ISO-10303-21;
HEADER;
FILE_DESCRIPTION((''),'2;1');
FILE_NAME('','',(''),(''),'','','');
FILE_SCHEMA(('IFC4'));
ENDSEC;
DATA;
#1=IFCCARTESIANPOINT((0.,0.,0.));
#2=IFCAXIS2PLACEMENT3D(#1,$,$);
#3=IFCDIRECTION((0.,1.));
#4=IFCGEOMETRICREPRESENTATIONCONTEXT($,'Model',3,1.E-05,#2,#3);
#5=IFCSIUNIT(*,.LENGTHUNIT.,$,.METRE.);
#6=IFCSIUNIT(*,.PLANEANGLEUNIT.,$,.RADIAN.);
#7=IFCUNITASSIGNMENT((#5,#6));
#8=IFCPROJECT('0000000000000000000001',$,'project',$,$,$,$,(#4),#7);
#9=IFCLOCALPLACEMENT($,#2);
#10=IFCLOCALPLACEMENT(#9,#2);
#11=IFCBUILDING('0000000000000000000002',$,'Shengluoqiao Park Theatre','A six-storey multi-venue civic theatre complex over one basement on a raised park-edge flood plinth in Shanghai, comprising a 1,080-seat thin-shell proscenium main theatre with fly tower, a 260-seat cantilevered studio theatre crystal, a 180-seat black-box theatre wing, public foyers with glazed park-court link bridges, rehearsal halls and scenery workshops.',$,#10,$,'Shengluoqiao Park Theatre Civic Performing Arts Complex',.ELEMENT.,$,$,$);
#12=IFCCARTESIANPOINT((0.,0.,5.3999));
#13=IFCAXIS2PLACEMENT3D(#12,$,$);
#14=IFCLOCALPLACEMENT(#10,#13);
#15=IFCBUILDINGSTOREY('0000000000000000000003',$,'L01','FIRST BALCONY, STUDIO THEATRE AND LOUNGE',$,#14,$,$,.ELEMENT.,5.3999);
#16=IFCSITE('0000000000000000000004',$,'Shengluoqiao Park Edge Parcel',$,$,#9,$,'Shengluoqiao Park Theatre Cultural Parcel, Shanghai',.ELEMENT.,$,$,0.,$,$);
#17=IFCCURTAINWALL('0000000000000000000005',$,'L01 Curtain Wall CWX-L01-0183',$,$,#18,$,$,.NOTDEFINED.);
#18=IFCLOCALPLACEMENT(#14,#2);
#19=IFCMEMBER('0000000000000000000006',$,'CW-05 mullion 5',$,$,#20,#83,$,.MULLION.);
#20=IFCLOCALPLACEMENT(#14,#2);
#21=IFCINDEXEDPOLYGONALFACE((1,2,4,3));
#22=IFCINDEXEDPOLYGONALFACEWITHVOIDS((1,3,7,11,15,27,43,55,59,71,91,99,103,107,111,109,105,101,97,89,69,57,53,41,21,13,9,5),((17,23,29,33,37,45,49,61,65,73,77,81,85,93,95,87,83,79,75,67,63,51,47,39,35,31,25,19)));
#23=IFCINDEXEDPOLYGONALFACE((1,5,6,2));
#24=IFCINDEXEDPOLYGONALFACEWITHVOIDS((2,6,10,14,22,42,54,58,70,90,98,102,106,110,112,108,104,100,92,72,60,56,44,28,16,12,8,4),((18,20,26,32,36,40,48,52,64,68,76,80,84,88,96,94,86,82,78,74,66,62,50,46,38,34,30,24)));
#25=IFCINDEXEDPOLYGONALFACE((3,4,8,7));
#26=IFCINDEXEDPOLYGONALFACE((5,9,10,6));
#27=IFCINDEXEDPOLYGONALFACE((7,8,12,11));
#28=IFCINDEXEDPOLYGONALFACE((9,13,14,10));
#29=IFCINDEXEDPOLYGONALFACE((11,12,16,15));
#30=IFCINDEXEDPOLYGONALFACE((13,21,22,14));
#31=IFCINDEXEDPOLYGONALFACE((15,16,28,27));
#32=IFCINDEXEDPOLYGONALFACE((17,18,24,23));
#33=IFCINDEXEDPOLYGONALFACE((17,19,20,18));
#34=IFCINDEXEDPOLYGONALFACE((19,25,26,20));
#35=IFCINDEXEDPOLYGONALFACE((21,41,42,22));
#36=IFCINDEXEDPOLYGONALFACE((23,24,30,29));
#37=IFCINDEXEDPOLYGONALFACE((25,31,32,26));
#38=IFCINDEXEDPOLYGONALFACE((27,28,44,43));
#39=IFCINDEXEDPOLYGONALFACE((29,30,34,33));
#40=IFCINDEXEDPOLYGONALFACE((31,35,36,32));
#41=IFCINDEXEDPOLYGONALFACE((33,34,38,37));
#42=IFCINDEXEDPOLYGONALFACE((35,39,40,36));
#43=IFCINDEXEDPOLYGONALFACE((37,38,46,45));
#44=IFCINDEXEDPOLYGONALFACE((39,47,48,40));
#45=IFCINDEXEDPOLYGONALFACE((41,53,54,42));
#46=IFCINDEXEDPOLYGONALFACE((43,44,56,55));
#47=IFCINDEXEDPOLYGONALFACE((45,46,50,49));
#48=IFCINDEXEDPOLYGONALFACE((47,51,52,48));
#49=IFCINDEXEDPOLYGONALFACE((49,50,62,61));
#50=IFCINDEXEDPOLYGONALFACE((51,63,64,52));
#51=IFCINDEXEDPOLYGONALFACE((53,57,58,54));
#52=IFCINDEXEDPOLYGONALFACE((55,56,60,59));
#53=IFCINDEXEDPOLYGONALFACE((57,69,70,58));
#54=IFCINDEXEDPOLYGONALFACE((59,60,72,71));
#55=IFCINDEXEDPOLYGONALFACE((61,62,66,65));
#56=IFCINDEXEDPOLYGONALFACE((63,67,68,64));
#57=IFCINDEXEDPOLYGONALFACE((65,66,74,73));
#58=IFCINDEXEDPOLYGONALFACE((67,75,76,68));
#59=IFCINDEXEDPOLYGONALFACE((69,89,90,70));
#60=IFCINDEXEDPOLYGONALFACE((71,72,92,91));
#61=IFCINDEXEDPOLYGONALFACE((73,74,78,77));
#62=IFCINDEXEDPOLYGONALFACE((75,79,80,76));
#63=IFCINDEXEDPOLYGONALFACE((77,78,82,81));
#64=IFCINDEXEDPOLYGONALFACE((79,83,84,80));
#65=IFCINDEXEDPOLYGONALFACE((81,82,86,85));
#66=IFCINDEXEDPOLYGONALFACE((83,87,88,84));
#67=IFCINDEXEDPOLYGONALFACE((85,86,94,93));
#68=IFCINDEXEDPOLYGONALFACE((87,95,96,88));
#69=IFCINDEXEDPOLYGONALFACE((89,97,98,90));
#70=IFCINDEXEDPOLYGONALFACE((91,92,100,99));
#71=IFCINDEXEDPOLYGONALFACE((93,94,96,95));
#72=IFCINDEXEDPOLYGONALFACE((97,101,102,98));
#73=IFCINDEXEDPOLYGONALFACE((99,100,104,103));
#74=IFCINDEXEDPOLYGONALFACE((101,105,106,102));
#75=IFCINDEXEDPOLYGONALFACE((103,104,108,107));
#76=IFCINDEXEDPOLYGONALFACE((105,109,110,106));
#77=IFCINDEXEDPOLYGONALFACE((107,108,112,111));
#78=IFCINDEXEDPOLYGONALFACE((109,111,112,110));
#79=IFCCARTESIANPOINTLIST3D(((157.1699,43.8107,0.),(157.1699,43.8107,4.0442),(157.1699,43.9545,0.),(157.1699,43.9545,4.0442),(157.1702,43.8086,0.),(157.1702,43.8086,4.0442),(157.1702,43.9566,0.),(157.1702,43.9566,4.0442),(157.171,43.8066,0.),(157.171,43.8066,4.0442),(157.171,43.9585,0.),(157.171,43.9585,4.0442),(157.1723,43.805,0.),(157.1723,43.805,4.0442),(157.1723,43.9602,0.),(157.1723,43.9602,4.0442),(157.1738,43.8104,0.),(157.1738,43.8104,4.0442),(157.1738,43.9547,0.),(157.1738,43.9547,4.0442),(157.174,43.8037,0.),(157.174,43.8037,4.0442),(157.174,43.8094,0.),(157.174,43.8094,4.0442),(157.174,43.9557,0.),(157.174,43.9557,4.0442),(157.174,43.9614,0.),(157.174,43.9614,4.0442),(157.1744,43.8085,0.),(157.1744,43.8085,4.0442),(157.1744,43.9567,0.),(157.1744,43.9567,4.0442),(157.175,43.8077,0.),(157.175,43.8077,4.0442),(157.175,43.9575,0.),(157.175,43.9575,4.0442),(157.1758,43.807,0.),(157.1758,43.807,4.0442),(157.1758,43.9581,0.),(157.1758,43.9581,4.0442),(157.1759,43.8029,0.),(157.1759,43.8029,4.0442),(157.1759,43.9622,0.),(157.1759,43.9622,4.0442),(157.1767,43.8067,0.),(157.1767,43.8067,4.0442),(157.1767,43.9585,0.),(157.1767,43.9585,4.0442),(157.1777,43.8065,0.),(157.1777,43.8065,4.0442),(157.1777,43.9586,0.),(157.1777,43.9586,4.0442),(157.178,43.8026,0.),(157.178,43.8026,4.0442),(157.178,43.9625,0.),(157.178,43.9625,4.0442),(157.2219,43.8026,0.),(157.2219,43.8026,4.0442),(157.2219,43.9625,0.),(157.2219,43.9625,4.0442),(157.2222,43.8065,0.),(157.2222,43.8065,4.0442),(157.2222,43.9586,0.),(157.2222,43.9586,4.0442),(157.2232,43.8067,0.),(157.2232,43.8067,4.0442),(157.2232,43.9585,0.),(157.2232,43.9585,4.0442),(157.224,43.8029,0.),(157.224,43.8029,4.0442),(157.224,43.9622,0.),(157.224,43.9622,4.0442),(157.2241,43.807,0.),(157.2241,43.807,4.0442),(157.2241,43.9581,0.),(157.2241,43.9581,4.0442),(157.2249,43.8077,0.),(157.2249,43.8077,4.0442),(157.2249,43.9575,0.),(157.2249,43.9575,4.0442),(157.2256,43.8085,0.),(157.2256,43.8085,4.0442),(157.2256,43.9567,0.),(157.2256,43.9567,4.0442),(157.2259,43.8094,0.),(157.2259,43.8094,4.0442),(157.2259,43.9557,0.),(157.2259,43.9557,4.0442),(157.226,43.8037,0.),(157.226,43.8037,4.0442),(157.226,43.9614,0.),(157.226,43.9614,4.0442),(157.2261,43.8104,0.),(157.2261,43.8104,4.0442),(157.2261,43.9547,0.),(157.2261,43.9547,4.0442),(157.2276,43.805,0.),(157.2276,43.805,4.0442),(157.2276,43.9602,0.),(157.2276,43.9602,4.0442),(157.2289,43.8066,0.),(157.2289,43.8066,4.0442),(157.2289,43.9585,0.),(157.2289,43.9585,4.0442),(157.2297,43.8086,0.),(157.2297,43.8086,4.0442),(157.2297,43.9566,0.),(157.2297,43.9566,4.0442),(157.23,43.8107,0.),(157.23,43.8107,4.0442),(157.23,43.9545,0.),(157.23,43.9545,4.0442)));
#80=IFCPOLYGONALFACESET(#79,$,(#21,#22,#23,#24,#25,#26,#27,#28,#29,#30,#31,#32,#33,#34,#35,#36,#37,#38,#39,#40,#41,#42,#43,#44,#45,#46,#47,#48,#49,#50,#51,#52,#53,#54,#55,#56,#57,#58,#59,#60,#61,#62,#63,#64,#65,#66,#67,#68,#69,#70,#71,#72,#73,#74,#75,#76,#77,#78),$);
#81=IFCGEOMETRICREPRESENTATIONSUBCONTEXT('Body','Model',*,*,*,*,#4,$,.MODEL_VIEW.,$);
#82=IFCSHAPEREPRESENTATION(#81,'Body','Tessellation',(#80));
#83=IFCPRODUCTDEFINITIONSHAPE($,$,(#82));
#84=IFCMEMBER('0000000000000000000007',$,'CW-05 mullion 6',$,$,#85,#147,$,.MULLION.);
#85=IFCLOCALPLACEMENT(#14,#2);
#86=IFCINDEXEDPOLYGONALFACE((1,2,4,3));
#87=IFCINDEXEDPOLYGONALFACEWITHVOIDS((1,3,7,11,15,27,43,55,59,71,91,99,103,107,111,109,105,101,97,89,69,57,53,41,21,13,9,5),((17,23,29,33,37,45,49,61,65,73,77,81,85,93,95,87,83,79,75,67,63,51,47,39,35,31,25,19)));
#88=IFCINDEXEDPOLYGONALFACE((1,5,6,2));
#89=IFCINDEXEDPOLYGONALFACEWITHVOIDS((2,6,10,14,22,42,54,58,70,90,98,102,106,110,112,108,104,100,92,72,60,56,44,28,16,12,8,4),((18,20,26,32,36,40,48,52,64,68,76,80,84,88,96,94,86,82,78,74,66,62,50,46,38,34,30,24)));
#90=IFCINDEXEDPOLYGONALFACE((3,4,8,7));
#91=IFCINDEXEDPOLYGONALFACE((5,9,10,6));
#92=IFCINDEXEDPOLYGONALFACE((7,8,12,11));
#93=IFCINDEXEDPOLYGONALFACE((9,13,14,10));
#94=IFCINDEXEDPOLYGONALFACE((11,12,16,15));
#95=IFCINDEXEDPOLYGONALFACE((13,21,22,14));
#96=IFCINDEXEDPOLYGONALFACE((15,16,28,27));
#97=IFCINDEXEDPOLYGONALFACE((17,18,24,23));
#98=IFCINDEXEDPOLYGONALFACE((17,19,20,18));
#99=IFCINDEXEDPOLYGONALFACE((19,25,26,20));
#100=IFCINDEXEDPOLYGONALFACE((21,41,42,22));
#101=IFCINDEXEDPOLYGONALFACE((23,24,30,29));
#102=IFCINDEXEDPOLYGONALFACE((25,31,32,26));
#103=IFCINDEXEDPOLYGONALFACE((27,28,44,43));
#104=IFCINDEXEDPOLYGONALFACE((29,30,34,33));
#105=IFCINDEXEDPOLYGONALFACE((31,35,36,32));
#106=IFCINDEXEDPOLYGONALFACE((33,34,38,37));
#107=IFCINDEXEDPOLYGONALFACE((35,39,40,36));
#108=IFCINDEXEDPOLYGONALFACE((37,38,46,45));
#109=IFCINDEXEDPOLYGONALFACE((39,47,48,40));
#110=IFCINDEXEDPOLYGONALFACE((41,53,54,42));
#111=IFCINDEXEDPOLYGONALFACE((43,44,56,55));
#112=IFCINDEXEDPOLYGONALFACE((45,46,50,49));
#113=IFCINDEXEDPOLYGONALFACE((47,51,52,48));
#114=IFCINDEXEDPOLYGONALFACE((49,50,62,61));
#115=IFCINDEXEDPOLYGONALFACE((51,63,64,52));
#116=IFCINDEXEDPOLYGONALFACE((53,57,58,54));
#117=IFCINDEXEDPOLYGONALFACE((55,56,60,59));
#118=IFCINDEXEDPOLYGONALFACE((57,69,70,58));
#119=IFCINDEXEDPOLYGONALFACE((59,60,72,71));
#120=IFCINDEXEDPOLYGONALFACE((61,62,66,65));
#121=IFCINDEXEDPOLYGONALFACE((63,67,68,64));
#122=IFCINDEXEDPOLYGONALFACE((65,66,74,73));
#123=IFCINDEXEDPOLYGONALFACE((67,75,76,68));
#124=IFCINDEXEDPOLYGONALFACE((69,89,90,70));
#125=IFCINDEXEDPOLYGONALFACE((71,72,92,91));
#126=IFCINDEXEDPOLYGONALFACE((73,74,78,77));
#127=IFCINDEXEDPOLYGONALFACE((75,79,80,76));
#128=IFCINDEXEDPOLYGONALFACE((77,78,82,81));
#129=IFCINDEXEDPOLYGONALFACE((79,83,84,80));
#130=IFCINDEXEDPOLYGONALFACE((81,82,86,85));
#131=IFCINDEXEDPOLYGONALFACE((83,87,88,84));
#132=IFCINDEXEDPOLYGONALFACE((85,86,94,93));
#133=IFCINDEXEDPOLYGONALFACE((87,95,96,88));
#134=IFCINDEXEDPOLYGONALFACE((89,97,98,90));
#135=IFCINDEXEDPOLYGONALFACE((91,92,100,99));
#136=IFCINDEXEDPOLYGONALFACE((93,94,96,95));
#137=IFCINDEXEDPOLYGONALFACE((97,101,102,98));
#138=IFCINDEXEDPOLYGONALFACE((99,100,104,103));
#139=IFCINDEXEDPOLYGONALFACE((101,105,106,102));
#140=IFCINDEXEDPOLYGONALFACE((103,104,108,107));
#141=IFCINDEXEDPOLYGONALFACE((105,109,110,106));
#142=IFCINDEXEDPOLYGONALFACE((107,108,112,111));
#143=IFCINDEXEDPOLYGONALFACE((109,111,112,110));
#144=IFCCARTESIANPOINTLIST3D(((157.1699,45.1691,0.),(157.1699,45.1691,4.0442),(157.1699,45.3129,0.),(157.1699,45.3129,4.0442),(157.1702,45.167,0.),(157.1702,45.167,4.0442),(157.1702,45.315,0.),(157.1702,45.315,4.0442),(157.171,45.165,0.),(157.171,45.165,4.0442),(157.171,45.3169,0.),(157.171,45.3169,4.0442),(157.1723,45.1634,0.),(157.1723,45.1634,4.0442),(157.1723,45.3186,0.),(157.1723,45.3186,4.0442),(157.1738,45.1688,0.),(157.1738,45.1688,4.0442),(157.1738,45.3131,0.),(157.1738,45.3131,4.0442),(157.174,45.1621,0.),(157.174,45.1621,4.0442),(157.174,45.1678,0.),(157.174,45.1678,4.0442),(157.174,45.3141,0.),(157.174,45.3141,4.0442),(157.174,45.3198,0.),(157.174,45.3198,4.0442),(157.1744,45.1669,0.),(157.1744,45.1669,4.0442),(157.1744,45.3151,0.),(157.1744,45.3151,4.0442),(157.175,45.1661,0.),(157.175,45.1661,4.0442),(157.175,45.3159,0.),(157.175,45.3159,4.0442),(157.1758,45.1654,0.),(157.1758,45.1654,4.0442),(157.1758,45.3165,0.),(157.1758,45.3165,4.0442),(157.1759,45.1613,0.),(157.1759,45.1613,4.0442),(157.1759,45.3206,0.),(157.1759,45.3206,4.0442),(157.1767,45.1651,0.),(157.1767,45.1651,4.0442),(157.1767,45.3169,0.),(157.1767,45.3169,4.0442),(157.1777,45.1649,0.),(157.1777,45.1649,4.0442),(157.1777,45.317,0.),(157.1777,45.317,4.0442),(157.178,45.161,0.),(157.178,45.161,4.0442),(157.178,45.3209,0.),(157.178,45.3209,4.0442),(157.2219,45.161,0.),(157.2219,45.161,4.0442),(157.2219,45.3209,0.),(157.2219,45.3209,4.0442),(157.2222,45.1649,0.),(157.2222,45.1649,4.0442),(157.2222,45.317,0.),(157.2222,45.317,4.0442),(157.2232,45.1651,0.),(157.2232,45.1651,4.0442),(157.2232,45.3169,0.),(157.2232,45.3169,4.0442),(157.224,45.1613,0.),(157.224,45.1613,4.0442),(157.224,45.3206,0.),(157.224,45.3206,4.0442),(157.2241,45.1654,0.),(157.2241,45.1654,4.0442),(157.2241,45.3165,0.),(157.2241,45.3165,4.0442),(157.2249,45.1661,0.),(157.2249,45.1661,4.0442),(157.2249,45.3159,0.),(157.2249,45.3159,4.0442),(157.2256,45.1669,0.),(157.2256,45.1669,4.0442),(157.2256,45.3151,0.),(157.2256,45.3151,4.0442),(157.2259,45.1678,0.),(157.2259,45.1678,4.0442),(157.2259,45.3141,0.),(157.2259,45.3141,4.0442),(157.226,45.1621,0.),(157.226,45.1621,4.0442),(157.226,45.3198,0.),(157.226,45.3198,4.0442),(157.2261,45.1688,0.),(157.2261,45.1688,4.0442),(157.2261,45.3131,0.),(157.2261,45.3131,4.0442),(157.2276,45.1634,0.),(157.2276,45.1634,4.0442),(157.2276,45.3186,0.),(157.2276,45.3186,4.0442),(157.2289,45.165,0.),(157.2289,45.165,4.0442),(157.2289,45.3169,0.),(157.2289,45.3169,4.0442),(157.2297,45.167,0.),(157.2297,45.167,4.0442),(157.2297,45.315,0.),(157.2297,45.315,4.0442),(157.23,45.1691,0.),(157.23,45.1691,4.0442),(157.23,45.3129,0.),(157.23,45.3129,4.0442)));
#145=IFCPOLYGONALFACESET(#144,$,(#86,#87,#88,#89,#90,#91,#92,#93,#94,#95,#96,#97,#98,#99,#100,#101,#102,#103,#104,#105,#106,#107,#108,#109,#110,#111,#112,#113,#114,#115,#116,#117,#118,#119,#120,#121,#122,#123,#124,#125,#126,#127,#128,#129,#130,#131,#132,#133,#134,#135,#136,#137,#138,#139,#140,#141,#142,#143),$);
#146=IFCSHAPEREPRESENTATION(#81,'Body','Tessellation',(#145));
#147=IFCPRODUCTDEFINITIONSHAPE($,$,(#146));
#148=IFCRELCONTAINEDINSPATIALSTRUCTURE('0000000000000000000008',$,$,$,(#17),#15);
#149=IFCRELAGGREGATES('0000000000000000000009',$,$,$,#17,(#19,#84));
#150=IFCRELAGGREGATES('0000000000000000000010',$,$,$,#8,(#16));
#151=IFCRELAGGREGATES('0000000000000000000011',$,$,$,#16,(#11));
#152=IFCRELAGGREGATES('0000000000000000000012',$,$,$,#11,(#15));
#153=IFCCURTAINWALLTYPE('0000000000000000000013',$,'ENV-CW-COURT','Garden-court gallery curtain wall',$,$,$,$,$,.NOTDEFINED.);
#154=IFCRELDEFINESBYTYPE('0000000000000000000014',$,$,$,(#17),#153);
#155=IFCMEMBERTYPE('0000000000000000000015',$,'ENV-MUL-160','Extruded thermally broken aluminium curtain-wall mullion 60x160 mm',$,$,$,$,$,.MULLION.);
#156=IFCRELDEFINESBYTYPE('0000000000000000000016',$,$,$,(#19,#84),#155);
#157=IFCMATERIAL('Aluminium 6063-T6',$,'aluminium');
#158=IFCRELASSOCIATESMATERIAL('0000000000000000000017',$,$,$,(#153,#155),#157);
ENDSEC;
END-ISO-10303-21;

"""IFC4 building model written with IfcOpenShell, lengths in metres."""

from ifc_helpers import new_model, si_unit, direction, frame, origin, origin_2d, place, context, subcontext, project, spatial, hollow_rectangle, extrude, material, material_profile, profile_set, type_object, element, aggregate, save


model = new_model("IFC4")

# Units and contexts
model_context = context("Model", 3, precision=1e-05, world=origin(), true_north=direction((0.0, 1.0)))
body_context = subcontext(model_context, "Body", "Model", "MODEL_VIEW")
ifc_project = project(units=[si_unit("LENGTHUNIT", "METRE"), si_unit("PLANEANGLEUNIT", "RADIAN")], contexts=[model_context])

# Site, building, storey
site_placement = place(None, origin())
site = spatial("IfcSite", under=ifc_project, at=site_placement, Name="Shengluoqiao Park Edge Parcel", LongName="Shengluoqiao Park Theatre Cultural Parcel, Shanghai", CompositionType="ELEMENT", RefElevation=0.0)
building_placement = place(site_placement, origin())
building = spatial("IfcBuilding", under=site, at=building_placement, Name="Shengluoqiao Park Theatre", Description="A six-storey multi-venue civic theatre complex over one basement on a raised park-edge flood plinth in Shanghai, comprising a 1,080-seat thin-shell proscenium main theatre with fly tower, a 260-seat cantilevered studio theatre crystal, a 180-seat black-box theatre wing, public foyers with glazed park-court link bridges, rehearsal halls and scenery workshops.", LongName="Shengluoqiao Park Theatre Civic Performing Arts Complex", CompositionType="ELEMENT")
storey_placement = place(building_placement, frame((0.0, 0.0, 5.3999)))
storey = spatial("IfcBuildingStorey", under=building, at=storey_placement, Name="L01", Description="FIRST BALCONY, STUDIO THEATRE AND LOUNGE", CompositionType="ELEMENT", Elevation=5.3999)

# Curtain wall, members
ifc_material_1 = material(Name="Aluminium 6063-T6", Category="aluminium")
curtain_wall_type = type_object("IfcCurtainWallType", Name="ENV-CW-COURT", Description="Garden-court gallery curtain wall", PredefinedType="NOTDEFINED", material=ifc_material_1)
curtain_wall_1_placement = place(storey_placement, origin())
curtain_wall_1 = element("IfcCurtainWall", 1, at=curtain_wall_1_placement, inside=storey, type_object=curtain_wall_type, Name="L01 Curtain Wall CWX-L01-0183", PredefinedType="NOTDEFINED")
ifc_material_profile_1 = material_profile(ifc_material_1, hollow_rectangle(XDim=0.0601, YDim=0.1599, WallThickness=0.0039, InnerFilletRadius=0.0039, OuterFilletRadius=0.0081, at=origin_2d()), Name="ALU MULLION 160x60x4")
ifc_profile_set_1 = profile_set([ifc_material_profile_1], Name="Aluminium 6063-T6")
member_type_1 = type_object("IfcMemberType", Name="ENV-MUL-160", Description="Extruded thermally broken aluminium curtain-wall mullion 60x160 mm", PredefinedType="MULLION", material=ifc_profile_set_1)
member_1_placement = place(storey_placement, frame((157.2, 43.8826, 0.0), z_axis=(0.0, 0.0, 1.0), x_axis=(-1.0, 0.0, 0.0)))
member_1 = element("IfcMember", 2, at=member_1_placement, type_object=member_type_1, Name="CW-05 mullion 5", PredefinedType="MULLION", context=body_context, shape_type="SweptSolid", body=[
    extrude(hollow_rectangle(XDim=0.0601, YDim=0.1599, WallThickness=0.0039, InnerFilletRadius=0.0039, OuterFilletRadius=0.0081, at=origin_2d()), origin(), (0.0, 0.0, 1.0), 4.0442),
])
member_2_placement = place(storey_placement, frame((157.2, 45.241, 0.0), z_axis=(0.0, 0.0, 1.0), x_axis=(-1.0, 0.0, 0.0)))
member_2 = element("IfcMember", 3, at=member_2_placement, type_object=member_type_1, Name="CW-05 mullion 6", PredefinedType="MULLION", context=body_context, shape_type="SweptSolid", body=[
    extrude(hollow_rectangle(XDim=0.0601, YDim=0.1599, WallThickness=0.0039, InnerFilletRadius=0.0039, OuterFilletRadius=0.0081, at=origin_2d()), origin(), (0.0, 0.0, 1.0), 4.0442),
])

aggregate(curtain_wall_1, [member_1, member_2])

save(model, "model.ifc")
